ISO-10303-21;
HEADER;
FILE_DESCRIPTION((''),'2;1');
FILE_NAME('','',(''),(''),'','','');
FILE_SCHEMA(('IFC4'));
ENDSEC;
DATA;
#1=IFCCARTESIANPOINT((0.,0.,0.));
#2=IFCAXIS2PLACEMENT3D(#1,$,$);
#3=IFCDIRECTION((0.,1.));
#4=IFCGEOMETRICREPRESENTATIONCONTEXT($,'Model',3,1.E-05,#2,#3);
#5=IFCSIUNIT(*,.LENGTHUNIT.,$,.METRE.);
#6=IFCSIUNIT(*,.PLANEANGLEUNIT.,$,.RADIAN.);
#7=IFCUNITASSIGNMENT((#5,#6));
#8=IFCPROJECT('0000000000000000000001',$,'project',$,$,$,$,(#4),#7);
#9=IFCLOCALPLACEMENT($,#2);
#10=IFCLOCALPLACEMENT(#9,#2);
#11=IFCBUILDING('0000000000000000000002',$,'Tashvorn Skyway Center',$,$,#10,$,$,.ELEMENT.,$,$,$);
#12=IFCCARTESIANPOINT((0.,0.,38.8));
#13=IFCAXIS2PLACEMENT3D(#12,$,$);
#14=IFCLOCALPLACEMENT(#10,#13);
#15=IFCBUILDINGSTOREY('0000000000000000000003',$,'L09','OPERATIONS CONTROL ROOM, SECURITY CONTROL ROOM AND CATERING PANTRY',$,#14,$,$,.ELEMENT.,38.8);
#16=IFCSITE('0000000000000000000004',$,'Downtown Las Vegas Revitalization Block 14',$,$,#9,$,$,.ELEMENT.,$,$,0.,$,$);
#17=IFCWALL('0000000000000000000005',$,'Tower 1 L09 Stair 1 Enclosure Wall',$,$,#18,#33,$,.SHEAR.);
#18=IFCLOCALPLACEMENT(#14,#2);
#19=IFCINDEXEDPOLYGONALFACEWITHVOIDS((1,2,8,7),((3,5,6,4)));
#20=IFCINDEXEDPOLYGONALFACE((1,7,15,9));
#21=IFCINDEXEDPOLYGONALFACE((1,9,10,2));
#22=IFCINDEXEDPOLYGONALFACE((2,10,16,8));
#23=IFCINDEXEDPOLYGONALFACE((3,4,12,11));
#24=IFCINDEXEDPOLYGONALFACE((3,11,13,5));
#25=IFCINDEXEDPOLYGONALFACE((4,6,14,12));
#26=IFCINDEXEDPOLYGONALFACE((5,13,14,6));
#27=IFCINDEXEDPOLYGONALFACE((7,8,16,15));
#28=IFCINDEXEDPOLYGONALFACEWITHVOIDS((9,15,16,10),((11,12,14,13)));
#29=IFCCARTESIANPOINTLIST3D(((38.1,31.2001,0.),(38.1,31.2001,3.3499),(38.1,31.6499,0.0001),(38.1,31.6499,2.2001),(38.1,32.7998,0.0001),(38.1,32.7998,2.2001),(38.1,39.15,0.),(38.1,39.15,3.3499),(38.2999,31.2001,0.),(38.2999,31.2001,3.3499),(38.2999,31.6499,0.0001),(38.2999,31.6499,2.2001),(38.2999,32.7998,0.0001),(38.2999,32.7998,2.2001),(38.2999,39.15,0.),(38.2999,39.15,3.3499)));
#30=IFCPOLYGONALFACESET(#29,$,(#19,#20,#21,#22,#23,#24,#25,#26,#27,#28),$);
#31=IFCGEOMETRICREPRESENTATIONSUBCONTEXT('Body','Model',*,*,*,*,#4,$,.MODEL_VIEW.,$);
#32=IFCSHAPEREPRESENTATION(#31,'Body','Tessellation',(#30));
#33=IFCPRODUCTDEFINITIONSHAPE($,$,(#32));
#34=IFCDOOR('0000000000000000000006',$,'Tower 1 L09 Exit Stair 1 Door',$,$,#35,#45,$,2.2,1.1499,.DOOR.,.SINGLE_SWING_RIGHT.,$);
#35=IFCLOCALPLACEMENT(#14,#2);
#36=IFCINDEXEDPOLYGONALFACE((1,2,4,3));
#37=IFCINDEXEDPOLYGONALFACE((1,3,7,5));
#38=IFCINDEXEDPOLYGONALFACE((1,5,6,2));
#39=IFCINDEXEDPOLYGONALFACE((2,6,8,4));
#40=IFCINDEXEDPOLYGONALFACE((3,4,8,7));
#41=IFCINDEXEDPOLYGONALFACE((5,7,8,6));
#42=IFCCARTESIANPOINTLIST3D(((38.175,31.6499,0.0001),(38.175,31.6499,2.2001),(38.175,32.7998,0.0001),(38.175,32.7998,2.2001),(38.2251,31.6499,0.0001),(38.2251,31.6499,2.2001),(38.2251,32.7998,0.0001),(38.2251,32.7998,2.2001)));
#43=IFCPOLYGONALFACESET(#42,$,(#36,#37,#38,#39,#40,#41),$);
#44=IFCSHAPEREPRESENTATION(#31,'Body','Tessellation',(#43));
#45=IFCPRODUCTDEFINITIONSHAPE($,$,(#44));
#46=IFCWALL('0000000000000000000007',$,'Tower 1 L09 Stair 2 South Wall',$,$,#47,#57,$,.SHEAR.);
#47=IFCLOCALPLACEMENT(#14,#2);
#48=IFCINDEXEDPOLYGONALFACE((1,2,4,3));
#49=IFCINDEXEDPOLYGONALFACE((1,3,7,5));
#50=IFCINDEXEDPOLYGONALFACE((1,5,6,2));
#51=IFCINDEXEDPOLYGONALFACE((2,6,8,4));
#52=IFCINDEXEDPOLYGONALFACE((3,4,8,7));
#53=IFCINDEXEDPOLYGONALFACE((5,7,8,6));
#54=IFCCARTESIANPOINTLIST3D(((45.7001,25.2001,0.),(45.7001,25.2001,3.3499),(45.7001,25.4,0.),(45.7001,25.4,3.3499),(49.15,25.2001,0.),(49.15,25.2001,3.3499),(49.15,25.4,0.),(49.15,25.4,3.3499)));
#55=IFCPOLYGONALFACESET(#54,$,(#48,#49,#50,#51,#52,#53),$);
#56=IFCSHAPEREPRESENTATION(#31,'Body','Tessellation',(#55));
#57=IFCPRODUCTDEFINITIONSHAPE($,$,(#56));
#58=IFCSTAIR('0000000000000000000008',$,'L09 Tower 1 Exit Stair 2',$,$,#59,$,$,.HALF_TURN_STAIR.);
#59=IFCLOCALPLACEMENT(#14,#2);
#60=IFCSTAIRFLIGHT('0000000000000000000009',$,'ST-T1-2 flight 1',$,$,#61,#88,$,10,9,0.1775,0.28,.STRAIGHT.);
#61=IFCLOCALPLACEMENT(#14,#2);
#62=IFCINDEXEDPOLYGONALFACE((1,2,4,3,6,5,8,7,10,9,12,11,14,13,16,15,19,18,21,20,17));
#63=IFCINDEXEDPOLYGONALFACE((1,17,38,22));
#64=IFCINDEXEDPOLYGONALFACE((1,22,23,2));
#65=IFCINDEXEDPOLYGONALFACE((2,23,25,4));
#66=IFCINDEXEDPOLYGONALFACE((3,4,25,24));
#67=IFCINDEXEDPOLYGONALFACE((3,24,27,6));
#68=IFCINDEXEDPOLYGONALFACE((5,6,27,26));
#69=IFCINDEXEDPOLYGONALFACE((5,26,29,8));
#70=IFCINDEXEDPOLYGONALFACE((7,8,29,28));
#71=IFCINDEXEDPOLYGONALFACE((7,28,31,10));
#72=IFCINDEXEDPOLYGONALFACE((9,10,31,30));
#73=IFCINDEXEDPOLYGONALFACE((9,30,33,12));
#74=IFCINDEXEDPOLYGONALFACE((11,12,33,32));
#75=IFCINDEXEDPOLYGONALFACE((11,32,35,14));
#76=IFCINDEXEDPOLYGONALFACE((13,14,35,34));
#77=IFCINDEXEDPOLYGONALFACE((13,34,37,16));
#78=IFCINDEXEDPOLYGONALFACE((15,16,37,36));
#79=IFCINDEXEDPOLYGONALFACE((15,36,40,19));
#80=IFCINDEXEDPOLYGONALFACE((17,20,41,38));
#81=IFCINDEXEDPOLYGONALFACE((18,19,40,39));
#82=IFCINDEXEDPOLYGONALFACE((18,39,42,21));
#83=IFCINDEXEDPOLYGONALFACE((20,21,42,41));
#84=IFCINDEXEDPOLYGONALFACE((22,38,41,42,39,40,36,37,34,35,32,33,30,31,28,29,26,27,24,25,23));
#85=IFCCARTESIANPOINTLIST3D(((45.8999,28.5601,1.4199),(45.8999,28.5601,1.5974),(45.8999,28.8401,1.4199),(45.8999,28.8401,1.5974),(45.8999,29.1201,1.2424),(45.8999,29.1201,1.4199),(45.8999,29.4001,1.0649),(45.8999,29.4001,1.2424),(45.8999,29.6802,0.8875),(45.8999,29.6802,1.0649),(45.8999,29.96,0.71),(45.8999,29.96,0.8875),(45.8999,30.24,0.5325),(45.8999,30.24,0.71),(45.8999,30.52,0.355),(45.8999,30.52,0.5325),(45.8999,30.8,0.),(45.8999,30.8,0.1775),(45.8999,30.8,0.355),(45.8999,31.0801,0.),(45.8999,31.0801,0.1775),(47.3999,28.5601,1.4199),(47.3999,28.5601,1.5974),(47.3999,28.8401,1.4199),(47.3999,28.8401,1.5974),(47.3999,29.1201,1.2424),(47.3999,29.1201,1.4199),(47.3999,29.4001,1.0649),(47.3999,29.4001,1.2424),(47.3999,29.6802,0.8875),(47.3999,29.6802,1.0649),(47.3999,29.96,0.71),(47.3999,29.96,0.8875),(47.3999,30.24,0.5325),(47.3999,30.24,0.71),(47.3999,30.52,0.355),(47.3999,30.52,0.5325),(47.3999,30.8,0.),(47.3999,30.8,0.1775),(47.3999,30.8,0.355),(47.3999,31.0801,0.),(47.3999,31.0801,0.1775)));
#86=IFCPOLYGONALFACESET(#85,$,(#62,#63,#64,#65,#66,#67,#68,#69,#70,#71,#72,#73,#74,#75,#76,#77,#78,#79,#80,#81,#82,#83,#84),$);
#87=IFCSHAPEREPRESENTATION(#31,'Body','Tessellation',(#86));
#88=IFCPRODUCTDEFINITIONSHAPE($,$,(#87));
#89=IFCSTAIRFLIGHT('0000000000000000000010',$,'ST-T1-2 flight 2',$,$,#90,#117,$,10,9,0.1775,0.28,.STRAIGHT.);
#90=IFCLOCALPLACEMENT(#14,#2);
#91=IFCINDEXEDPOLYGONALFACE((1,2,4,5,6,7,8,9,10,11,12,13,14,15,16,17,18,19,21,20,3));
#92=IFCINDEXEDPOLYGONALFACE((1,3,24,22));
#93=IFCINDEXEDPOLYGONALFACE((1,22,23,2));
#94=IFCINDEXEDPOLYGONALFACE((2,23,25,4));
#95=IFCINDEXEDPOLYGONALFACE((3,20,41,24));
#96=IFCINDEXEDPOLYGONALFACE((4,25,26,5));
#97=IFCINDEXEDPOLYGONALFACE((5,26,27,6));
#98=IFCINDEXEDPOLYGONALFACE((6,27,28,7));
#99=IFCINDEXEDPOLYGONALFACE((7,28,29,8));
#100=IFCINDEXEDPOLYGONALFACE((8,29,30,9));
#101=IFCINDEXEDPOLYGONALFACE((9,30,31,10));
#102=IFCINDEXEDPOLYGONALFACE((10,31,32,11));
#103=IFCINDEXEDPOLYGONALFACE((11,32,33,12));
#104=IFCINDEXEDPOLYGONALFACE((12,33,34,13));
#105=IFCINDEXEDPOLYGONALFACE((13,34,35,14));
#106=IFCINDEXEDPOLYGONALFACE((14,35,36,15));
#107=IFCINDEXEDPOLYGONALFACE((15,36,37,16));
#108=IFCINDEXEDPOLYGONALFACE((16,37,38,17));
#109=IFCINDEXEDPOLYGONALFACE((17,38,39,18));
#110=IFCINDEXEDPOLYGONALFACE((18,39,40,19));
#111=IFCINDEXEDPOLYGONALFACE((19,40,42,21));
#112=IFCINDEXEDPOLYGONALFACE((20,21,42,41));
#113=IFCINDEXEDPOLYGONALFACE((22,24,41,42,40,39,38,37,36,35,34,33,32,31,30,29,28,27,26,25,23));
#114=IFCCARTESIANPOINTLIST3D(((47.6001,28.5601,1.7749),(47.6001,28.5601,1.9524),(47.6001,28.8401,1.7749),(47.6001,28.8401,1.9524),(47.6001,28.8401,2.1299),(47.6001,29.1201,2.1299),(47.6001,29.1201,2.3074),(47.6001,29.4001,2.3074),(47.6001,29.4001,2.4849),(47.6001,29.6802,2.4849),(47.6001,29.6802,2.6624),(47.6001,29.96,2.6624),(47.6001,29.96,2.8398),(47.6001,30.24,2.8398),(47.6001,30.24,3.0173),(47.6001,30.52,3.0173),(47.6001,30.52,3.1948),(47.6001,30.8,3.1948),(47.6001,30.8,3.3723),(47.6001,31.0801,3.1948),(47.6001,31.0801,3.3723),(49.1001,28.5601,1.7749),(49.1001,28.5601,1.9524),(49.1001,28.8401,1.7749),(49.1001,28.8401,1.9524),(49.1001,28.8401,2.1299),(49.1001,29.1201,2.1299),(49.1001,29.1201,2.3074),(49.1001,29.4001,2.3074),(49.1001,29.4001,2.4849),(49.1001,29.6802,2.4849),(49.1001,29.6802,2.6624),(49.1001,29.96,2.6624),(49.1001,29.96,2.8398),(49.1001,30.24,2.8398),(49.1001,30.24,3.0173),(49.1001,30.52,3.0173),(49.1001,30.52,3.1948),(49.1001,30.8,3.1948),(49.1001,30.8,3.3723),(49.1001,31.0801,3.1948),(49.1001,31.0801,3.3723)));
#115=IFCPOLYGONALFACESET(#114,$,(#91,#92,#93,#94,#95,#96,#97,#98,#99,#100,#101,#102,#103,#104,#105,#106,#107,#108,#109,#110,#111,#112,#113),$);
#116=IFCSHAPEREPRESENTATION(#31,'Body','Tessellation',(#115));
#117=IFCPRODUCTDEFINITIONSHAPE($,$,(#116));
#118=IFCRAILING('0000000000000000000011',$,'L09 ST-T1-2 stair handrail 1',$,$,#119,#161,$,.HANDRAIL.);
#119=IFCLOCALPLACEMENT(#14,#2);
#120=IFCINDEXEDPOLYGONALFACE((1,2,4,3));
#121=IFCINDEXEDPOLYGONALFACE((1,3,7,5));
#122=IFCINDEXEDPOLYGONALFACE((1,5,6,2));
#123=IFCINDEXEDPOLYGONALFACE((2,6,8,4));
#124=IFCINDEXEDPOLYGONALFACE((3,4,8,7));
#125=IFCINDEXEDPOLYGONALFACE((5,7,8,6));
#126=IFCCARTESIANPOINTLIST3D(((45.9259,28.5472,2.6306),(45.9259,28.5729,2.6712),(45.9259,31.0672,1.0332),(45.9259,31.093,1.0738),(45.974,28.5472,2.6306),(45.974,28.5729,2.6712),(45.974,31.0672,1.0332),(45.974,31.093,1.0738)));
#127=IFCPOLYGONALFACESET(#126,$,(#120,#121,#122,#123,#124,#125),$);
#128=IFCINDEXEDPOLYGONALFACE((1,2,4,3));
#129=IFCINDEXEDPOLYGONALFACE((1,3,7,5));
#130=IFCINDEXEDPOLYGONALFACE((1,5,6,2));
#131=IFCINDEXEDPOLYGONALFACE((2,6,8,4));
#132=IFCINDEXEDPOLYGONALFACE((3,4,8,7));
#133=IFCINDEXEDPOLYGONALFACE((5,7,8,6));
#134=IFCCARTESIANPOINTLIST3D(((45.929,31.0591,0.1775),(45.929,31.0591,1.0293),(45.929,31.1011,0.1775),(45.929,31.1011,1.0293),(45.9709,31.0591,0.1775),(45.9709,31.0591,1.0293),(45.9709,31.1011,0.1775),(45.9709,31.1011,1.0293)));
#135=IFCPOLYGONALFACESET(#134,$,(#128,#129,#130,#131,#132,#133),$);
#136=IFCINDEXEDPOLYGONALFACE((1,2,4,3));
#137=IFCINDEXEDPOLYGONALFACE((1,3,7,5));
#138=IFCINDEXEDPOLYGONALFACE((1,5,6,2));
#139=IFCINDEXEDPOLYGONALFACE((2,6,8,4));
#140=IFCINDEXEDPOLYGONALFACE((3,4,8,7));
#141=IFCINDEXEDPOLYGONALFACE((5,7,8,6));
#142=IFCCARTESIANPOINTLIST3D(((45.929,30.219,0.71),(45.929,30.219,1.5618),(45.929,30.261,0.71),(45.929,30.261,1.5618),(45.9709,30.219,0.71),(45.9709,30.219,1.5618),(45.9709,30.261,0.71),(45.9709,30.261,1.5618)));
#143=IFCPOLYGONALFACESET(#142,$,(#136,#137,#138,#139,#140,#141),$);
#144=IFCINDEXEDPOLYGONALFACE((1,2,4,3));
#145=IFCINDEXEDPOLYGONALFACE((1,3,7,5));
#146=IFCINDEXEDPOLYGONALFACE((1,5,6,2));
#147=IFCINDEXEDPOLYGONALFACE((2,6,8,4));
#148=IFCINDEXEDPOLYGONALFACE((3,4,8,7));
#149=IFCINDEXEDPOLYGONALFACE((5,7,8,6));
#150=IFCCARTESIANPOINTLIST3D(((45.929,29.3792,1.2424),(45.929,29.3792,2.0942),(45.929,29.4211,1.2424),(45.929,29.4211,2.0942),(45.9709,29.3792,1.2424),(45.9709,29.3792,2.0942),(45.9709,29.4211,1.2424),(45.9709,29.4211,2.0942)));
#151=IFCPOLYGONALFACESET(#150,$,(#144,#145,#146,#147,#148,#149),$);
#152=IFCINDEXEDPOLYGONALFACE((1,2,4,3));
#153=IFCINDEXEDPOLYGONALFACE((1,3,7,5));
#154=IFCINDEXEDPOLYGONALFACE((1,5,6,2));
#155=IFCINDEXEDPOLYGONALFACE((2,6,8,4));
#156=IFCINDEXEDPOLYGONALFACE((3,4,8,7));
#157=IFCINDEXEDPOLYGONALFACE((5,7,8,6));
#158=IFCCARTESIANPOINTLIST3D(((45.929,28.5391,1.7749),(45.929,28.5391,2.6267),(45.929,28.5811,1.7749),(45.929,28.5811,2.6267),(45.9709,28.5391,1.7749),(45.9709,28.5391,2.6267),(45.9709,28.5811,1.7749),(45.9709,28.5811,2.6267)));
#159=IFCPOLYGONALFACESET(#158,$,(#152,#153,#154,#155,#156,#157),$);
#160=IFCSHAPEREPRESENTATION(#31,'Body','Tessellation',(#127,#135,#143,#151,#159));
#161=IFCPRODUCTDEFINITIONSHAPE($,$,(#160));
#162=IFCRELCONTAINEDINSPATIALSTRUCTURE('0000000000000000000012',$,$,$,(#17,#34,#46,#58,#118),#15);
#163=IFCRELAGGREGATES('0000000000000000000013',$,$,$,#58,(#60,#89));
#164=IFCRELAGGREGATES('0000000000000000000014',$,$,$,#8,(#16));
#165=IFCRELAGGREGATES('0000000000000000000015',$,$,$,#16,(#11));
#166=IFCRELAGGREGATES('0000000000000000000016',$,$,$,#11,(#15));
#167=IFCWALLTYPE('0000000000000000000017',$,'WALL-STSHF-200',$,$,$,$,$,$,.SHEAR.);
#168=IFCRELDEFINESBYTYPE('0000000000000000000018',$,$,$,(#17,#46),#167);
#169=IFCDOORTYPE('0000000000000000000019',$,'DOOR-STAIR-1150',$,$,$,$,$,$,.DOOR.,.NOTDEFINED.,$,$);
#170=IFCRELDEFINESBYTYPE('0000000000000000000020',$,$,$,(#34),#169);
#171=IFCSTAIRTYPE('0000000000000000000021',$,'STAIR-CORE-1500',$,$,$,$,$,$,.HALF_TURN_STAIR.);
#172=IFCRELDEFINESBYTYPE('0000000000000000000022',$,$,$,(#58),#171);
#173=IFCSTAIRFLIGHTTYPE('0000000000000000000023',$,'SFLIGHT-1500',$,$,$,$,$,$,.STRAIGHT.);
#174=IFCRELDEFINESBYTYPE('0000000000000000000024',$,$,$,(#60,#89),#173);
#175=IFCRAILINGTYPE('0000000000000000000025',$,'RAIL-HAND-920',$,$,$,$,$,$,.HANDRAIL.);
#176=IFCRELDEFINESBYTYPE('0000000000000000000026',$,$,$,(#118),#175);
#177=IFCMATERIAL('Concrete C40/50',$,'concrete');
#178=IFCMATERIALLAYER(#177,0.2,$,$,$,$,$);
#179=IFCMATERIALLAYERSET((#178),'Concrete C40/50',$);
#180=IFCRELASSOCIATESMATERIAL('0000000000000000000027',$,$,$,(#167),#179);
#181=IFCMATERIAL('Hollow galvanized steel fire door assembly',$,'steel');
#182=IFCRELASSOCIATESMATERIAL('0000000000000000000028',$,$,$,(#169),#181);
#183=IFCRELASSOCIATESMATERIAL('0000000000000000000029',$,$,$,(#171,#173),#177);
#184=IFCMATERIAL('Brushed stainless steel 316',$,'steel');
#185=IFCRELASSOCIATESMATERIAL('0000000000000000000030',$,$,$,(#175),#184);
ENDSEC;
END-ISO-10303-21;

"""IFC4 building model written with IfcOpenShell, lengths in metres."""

from ifc_helpers import new_model, si_unit, direction, frame, frame_2d, origin, origin_2d, place, context, subcontext, project, spatial, polyline, rectangle, outline, extrude, material, layer, layer_set, type_object, element, fill, aggregate, save


model = new_model("IFC4")

# Units and contexts
model_context = context("Model", 3, precision=1e-05, world=origin(), true_north=direction((0.0, 1.0)))
body_context = subcontext(model_context, "Body", "Model", "MODEL_VIEW")
ifc_project = project(units=[si_unit("LENGTHUNIT", "METRE"), si_unit("PLANEANGLEUNIT", "RADIAN")], contexts=[model_context])

# Site, building, storey
site_placement = place(None, origin())
site = spatial("IfcSite", under=ifc_project, at=site_placement, Name="Downtown Las Vegas Revitalization Block 14", CompositionType="ELEMENT", RefElevation=0.0)
building_placement = place(site_placement, origin())
building = spatial("IfcBuilding", under=site, at=building_placement, Name="Tashvorn Skyway Center", CompositionType="ELEMENT")
storey_placement = place(building_placement, frame((0.0, 0.0, 38.8)))
storey = spatial("IfcBuildingStorey", under=building, at=storey_placement, Name="L09", Description="OPERATIONS CONTROL ROOM, SECURITY CONTROL ROOM AND CATERING PANTRY", CompositionType="ELEMENT", Elevation=38.8)

# Shared definitions
ifc_material_1 = material(Name="Concrete C40/50", Category="concrete")
ifc_material_2 = material(Name="Hollow galvanized steel fire door assembly", Category="steel")

# Wall, opening, door
ifc_layer_1 = layer(ifc_material_1, 0.2)
ifc_layer_set_1 = layer_set([ifc_layer_1], Name="Concrete C40/50")
wall_type_1 = type_object("IfcWallType", Name="WALL-STSHF-200", PredefinedType="SHEAR", material=ifc_layer_set_1)
wall_1_placement = place(storey_placement, frame((38.2, 31.2, 0.0), z_axis=(0.0, 0.0, 1.0), x_axis=(0.0, 1.0, 0.0)))
wall_1 = element("IfcWall", 1, at=wall_1_placement, inside=storey, type_object=wall_type_1, Name="Tower 1 L09 Stair 1 Enclosure Wall", PredefinedType="SHEAR", context=body_context, shape_type="SweptSolid", body=[
    extrude(rectangle(XDim=7.95, YDim=0.2, at=frame_2d((3.9751, 0.0))), origin(), (0.0, 0.0, 1.0), 3.3499),
])
opening_1_placement = place(wall_1_placement, frame((0.45, 0.0, 0.0)))
opening_1 = element("IfcOpeningElement", 2, at=opening_1_placement, cuts=wall_1, PredefinedType="OPENING", context=body_context, shape_type="SweptSolid", body=[
    extrude(rectangle(XDim=1.1499, YDim=2.2, at=frame_2d((0.575, 1.1001))), frame((0.0, 0.1099, 0.0), z_axis=(0.0, -1.0, 0.0), x_axis=(1.0, 0.0, 0.0)), (0.0, 0.0, 1.0), 0.22),
])
door_type_1 = type_object("IfcDoorType", Name="DOOR-STAIR-1150", OperationType="NOTDEFINED", PredefinedType="DOOR", material=ifc_material_2)
door_1_placement = place(opening_1_placement, origin())
door_1 = element("IfcDoor", 3, at=door_1_placement, inside=storey, type_object=door_type_1, Name="Tower 1 L09 Exit Stair 1 Door", OperationType="SINGLE_SWING_RIGHT", OverallHeight=2.2, OverallWidth=1.1499, PredefinedType="DOOR", context=body_context, shape_type="SweptSolid", body=[
    extrude(rectangle(XDim=1.1499, YDim=2.2, at=frame_2d((0.575, 1.1001))), frame((0.0, 0.0249, 0.0), z_axis=(0.0, -1.0, 0.0), x_axis=(1.0, 0.0, 0.0)), (0.0, 0.0, 1.0), 0.05),
])
fill(opening_1, door_1)

# Wall
wall_2_placement = place(storey_placement, frame((45.7, 25.3, 0.0), z_axis=(0.0, 0.0, 1.0), x_axis=(1.0, 0.0, 0.0)))
element("IfcWall", 4, at=wall_2_placement, inside=storey, type_object=wall_type_1, Name="Tower 1 L09 Stair 2 South Wall", PredefinedType="SHEAR", context=body_context, shape_type="SweptSolid", body=[
    extrude(rectangle(XDim=3.45, YDim=0.2, at=frame_2d((1.7251, 0.0))), origin(), (0.0, 0.0, 1.0), 3.3499),
])

# Stair, stair flights
stair_type = type_object("IfcStairType", Name="STAIR-CORE-1500", PredefinedType="HALF_TURN_STAIR", material=ifc_material_1)
stair_placement = place(storey_placement, origin())
stair = element("IfcStair", 5, at=stair_placement, inside=storey, type_object=stair_type, Name="L09 Tower 1 Exit Stair 2", PredefinedType="HALF_TURN_STAIR")
stair_flight_type = type_object("IfcStairFlightType", Name="SFLIGHT-1500", PredefinedType="STRAIGHT", material=ifc_material_1)
stair_flight_1_placement = place(storey_placement, frame((46.6499, 31.0801, 0.0), z_axis=(0.0, 0.0, 1.0), x_axis=(0.0, -1.0, 0.0)))
stair_flight_1 = element("IfcStairFlight", 6, at=stair_flight_1_placement, type_object=stair_flight_type, Name="ST-T1-2 flight 1", NumberOfRisers=10, NumberOfTreads=9, PredefinedType="STRAIGHT", RiserHeight=0.1775, TreadLength=0.28, context=body_context, shape_type="SweptSolid", body=[
    extrude(outline(polyline([(0.0, 0.0), (0.0, 0.1775), (0.28, 0.1775), (0.28, 0.355), (0.5601, 0.355), (0.5601, 0.5325), (0.8401, 0.5325), (0.8401, 0.71), (1.1201, 0.71), (1.1201, 0.8875), (1.3999, 0.8875), (1.3999, 1.0649), (1.6799, 1.0649), (1.6799, 1.2424), (1.96, 1.2424), (1.96, 1.4199), (2.24, 1.4199), (2.24, 1.5974), (2.52, 1.5974), (2.52, 1.7749), (2.52, 1.4199), (0.28, 0.0), (0.0, 0.0)])), frame((0.0, 0.75, 0.0), z_axis=(0.0, -1.0, 0.0), x_axis=(1.0, 0.0, 0.0)), (0.0, 0.0, 1.0), 1.5),
])
stair_flight_2_placement = place(storey_placement, frame((48.3501, 28.5601, 1.7749), z_axis=(0.0, 0.0, 1.0), x_axis=(0.0, 1.0, 0.0)))
stair_flight_2 = element("IfcStairFlight", 7, at=stair_flight_2_placement, type_object=stair_flight_type, Name="ST-T1-2 flight 2", NumberOfRisers=10, NumberOfTreads=9, PredefinedType="STRAIGHT", RiserHeight=0.1775, TreadLength=0.28, context=body_context, shape_type="SweptSolid", body=[
    extrude(outline(polyline([(0.0, 0.0), (0.0, 0.1775), (0.28, 0.1775), (0.28, 0.355), (0.5601, 0.355), (0.5601, 0.5325), (0.8401, 0.5325), (0.8401, 0.71), (1.1201, 0.71), (1.1201, 0.8875), (1.3999, 0.8875), (1.3999, 1.0649), (1.6799, 1.0649), (1.6799, 1.2424), (1.96, 1.2424), (1.96, 1.4199), (2.24, 1.4199), (2.24, 1.5974), (2.52, 1.5974), (2.52, 1.7749), (2.52, 1.4199), (0.28, 0.0), (0.0, 0.0)])), frame((0.0, 0.75, 0.0), z_axis=(0.0, -1.0, 0.0), x_axis=(1.0, 0.0, 0.0)), (0.0, 0.0, 1.0), 1.5),
])
aggregate(stair, [stair_flight_1, stair_flight_2])

# Railing
ifc_material_3 = material(Name="Brushed stainless steel 316", Category="steel")
railing_type_1 = type_object("IfcRailingType", Name="RAIL-HAND-920", PredefinedType="HANDRAIL", material=ifc_material_3)
railing_1_placement = place(storey_placement, frame((45.95, 31.0801, 0.1775)))
element("IfcRailing", 8, at=railing_1_placement, inside=storey, type_object=railing_type_1, Name="L09 ST-T1-2 stair handrail 1", PredefinedType="HANDRAIL", context=body_context, shape_type="SweptSolid", body=[
    extrude(rectangle(XDim=0.0481, YDim=0.0481, at=origin_2d()), frame((0.0, 0.0, 0.876), z_axis=(0.0, -0.844607, 0.535387), x_axis=(1.0, 0.0, 0.0)), (0.0, 0.0, 1.0), 2.9836),
    extrude(rectangle(XDim=0.042, YDim=0.042, at=origin_2d()), origin(), (0.0, 0.0, 1.0), 0.8518),
    extrude(rectangle(XDim=0.042, YDim=0.042, at=origin_2d()), frame((0.0, -0.8401, 0.5325)), (0.0, 0.0, 1.0), 0.8518),
    extrude(rectangle(XDim=0.042, YDim=0.042, at=origin_2d()), frame((0.0, -1.6799, 1.0649)), (0.0, 0.0, 1.0), 0.8518),
    extrude(rectangle(XDim=0.042, YDim=0.042, at=origin_2d()), frame((0.0, -2.52, 1.5974)), (0.0, 0.0, 1.0), 0.8518),
])

save(model, "model.ifc")
